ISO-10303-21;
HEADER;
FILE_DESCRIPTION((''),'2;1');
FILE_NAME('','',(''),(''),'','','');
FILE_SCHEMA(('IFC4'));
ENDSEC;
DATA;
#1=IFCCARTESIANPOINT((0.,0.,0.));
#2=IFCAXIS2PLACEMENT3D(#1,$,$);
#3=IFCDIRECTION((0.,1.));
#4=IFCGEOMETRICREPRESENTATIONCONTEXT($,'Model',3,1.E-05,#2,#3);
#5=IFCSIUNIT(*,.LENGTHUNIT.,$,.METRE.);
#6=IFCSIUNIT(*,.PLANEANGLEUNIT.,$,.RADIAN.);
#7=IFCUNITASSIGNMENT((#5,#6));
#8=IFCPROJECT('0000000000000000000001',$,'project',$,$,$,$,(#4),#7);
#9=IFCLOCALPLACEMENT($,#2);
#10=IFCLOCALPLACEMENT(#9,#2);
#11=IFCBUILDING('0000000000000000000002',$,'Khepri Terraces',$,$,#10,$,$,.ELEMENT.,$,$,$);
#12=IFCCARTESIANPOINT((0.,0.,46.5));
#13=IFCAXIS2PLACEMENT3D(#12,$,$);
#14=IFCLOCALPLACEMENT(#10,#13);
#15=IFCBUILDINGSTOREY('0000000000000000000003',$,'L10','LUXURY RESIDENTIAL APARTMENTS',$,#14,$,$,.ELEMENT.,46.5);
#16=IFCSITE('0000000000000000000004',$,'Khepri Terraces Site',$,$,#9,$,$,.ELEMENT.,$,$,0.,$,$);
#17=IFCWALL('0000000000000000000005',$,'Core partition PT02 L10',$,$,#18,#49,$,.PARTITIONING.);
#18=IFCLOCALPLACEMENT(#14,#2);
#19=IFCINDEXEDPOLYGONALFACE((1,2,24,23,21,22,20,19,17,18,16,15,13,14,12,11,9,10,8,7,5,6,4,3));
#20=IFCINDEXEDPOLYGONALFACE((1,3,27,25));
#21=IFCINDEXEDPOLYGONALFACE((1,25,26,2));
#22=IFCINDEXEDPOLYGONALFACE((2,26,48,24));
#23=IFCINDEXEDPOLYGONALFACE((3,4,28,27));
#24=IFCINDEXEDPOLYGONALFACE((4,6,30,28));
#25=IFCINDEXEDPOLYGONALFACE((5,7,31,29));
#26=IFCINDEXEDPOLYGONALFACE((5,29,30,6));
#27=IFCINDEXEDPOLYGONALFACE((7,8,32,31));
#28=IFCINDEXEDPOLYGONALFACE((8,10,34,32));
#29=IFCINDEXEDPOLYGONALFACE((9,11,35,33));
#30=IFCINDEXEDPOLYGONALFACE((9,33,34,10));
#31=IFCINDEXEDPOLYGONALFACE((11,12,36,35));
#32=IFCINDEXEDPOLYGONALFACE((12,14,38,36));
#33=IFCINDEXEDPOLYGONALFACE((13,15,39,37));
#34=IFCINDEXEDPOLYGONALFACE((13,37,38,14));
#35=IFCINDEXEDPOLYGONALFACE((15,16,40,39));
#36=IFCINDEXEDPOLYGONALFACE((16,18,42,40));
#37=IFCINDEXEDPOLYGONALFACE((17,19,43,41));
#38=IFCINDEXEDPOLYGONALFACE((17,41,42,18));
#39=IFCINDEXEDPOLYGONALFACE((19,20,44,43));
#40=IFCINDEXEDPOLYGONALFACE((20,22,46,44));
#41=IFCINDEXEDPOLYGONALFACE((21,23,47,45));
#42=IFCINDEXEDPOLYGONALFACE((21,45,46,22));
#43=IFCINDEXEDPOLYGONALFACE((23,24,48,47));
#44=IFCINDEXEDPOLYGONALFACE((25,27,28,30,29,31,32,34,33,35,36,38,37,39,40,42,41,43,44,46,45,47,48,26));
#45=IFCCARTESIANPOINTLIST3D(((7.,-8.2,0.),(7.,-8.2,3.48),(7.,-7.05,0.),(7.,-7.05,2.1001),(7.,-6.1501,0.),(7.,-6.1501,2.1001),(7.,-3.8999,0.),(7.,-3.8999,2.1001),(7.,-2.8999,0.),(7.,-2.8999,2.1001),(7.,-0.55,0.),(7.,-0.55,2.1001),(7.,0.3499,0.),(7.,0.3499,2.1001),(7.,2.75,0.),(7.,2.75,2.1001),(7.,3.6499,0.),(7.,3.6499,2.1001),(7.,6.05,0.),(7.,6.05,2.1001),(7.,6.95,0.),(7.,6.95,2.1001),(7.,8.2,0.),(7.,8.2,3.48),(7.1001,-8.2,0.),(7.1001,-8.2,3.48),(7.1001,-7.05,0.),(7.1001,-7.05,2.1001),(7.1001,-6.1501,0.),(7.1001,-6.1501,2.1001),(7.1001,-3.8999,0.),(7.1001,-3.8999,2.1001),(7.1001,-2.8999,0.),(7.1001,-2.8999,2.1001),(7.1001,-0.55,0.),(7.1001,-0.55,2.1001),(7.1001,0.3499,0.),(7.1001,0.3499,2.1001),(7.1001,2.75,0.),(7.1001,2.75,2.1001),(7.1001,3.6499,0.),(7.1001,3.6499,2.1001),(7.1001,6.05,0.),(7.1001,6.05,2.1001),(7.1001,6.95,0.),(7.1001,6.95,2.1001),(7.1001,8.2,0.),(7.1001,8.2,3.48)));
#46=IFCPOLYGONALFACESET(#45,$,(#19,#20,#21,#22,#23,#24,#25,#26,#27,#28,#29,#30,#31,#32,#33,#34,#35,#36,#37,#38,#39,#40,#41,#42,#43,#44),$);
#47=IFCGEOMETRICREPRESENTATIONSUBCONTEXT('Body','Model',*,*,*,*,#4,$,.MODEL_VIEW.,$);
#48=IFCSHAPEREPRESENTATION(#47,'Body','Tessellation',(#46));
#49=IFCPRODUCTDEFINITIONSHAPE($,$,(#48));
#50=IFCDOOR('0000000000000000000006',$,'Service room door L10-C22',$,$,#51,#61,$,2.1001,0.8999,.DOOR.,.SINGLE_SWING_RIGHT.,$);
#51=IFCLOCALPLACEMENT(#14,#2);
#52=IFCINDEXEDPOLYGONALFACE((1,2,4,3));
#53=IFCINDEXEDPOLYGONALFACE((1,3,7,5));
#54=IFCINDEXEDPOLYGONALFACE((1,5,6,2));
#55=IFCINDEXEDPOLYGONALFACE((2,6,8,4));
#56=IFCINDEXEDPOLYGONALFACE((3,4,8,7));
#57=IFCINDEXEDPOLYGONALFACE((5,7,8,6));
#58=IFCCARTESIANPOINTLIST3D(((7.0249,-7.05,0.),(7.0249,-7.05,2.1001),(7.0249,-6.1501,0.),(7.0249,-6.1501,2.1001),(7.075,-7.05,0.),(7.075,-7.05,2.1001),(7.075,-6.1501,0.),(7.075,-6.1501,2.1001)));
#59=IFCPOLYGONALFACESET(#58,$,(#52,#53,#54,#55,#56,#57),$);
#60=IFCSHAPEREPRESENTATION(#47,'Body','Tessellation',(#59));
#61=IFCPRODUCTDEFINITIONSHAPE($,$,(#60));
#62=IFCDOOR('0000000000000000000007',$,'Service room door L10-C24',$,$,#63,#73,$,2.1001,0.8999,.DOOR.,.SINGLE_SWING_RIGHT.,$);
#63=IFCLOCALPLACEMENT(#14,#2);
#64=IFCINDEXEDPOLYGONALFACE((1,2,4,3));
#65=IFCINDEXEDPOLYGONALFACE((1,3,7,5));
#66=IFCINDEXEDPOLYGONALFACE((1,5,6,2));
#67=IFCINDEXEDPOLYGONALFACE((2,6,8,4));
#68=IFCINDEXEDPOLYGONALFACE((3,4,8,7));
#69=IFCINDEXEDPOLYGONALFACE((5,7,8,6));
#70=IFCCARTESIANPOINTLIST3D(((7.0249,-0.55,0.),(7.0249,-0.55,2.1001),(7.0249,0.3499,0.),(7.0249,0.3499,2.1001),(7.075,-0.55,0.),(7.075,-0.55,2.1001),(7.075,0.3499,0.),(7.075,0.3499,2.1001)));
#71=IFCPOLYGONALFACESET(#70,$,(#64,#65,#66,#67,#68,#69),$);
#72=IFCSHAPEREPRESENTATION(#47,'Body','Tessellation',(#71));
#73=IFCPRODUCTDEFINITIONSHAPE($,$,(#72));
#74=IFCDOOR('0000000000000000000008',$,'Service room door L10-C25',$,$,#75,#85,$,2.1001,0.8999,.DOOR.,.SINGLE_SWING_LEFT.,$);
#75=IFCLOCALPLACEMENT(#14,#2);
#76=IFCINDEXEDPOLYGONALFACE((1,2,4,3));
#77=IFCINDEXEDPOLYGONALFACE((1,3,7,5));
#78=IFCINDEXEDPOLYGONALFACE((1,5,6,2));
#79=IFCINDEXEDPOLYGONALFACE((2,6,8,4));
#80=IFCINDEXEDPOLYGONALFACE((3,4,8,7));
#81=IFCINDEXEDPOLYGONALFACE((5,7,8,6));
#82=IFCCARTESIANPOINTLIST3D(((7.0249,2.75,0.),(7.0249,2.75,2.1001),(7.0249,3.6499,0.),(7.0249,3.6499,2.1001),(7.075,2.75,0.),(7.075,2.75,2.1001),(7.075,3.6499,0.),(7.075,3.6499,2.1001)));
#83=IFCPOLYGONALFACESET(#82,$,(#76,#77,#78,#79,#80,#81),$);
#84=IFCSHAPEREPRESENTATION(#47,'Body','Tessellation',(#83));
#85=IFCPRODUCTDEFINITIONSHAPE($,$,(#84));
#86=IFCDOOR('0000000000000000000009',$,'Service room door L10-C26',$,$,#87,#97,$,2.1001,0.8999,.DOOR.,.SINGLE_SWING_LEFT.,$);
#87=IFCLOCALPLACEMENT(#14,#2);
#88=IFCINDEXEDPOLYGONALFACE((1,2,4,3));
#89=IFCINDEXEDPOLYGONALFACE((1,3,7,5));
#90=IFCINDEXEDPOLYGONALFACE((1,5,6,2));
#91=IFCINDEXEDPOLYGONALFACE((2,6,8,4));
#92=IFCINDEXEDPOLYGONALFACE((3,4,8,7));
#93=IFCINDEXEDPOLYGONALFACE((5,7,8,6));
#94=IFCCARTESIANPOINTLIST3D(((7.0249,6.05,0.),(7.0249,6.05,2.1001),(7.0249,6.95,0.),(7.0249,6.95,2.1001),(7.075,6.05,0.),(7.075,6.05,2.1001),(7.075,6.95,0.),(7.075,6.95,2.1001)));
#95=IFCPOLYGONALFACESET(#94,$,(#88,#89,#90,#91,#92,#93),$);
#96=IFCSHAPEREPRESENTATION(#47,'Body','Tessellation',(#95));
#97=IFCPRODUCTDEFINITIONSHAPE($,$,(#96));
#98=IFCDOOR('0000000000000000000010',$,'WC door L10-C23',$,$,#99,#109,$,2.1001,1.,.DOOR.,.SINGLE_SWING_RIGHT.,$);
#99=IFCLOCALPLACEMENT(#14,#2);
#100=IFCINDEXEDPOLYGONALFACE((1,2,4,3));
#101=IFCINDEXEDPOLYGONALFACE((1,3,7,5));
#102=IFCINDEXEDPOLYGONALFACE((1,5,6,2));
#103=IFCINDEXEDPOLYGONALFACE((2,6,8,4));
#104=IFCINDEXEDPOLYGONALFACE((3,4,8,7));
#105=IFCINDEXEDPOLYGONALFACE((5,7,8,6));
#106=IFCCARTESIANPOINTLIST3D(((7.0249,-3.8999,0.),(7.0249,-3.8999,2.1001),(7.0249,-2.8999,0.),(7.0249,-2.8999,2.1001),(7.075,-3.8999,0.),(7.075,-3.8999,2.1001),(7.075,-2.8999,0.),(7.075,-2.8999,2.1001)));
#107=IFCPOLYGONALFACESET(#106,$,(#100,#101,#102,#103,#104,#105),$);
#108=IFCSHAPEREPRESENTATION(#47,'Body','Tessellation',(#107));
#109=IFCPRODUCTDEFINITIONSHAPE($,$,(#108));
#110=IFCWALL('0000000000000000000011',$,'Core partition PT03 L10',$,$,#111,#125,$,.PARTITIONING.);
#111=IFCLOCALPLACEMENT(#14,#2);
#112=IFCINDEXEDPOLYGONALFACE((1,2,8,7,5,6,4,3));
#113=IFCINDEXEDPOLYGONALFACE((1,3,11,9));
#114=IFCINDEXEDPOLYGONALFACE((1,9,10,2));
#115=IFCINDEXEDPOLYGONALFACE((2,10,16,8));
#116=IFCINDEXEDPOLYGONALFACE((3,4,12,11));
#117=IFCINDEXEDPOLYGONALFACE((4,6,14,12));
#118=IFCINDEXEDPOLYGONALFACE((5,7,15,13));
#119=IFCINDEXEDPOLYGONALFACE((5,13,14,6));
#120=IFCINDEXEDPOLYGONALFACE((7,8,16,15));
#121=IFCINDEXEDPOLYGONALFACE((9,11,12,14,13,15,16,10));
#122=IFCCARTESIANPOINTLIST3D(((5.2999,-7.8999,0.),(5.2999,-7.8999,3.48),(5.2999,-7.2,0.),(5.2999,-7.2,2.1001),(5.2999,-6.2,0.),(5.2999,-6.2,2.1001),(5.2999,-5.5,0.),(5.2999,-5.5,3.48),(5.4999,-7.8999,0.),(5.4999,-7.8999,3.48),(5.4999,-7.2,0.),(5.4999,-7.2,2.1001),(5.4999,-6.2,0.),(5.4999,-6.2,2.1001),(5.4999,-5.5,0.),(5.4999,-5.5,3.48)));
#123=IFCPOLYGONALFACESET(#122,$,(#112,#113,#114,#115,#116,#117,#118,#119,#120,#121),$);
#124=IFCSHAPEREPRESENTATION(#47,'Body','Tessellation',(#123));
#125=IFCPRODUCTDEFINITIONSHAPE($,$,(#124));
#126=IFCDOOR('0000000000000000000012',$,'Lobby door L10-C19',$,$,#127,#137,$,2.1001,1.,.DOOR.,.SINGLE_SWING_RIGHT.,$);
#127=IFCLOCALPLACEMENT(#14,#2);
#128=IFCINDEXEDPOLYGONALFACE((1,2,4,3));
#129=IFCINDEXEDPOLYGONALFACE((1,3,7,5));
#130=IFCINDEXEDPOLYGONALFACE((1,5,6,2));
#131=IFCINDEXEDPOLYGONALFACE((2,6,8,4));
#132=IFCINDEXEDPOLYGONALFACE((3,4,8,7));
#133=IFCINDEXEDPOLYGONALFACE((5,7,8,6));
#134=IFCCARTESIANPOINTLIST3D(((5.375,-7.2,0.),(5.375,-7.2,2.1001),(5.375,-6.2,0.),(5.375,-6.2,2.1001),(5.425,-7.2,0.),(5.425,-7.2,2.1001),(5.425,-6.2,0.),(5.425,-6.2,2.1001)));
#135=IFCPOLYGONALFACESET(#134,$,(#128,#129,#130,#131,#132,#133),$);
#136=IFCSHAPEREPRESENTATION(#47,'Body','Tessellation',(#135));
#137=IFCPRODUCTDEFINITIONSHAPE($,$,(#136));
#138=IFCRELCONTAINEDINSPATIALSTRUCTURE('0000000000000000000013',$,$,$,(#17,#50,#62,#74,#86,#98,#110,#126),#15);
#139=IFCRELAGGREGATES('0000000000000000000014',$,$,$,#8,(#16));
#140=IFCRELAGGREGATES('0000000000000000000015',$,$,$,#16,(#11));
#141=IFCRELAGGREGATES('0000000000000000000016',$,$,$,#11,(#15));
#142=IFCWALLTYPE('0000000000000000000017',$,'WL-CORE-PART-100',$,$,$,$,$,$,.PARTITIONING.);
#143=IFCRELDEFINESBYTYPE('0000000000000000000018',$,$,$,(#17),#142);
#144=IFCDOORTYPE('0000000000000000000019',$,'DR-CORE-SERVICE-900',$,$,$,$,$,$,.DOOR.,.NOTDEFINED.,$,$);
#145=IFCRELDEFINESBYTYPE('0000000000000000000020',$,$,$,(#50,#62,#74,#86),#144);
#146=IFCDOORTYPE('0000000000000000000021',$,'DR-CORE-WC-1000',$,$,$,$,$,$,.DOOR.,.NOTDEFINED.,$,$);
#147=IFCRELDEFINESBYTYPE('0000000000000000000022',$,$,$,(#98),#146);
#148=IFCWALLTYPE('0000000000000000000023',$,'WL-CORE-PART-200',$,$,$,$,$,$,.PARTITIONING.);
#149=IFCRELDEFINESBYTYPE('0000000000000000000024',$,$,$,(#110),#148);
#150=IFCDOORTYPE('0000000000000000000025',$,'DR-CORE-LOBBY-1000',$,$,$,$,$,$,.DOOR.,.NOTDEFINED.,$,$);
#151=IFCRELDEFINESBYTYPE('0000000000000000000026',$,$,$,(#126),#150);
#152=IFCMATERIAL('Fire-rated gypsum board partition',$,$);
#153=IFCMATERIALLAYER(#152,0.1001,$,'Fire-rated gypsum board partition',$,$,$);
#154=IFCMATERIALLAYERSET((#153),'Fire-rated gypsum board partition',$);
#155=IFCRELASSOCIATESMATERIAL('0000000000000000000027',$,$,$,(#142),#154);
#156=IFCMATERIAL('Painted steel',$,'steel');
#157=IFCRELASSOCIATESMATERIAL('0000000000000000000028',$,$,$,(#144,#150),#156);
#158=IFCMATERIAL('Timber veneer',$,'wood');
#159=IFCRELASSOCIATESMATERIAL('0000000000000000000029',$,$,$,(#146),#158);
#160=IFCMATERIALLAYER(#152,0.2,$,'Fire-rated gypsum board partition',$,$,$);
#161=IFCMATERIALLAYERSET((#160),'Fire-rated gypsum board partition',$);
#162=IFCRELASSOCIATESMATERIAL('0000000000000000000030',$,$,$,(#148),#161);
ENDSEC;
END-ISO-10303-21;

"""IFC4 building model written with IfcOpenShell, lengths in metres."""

from ifc_helpers import new_model, si_unit, direction, frame, frame_2d, origin, place, context, subcontext, project, spatial, rectangle, extrude, material, layer, layer_set, type_object, element, fill, save


model = new_model("IFC4")

# Units and contexts
model_context = context("Model", 3, precision=1e-05, world=origin(), true_north=direction((0.0, 1.0)))
body_context = subcontext(model_context, "Body", "Model", "MODEL_VIEW")
ifc_project = project(units=[si_unit("LENGTHUNIT", "METRE"), si_unit("PLANEANGLEUNIT", "RADIAN")], contexts=[model_context])

# Site, building, storey
site_placement = place(None, origin())
site = spatial("IfcSite", under=ifc_project, at=site_placement, Name="Khepri Terraces Site", CompositionType="ELEMENT", RefElevation=0.0)
building_placement = place(site_placement, origin())
building = spatial("IfcBuilding", under=site, at=building_placement, Name="Khepri Terraces", CompositionType="ELEMENT")
storey_placement = place(building_placement, frame((0.0, 0.0, 46.5)))
storey = spatial("IfcBuildingStorey", under=building, at=storey_placement, Name="L10", Description="LUXURY RESIDENTIAL APARTMENTS", CompositionType="ELEMENT", Elevation=46.5)

# Wall, openings, doors
ifc_material_1 = material(Name="Fire-rated gypsum board partition")
ifc_layer_1 = layer(ifc_material_1, 0.1001, Name="Fire-rated gypsum board partition")
ifc_layer_set_1 = layer_set([ifc_layer_1], Name="Fire-rated gypsum board partition")
wall_type_1 = type_object("IfcWallType", Name="WL-CORE-PART-100", PredefinedType="PARTITIONING", material=ifc_layer_set_1)
wall_1_placement = place(storey_placement, frame((7.05, -8.2, 0.0), z_axis=(0.0, 0.0, 1.0), x_axis=(0.0, 1.0, 0.0)))
wall_1 = element("IfcWall", 1, at=wall_1_placement, inside=storey, type_object=wall_type_1, Name="Core partition PT02 L10", PredefinedType="PARTITIONING", context=body_context, shape_type="SweptSolid", body=[
    extrude(rectangle(XDim=16.3999, YDim=0.1001, at=frame_2d((8.2, 0.0))), origin(), (0.0, 0.0, 1.0), 3.48),
])
opening_1_placement = place(wall_1_placement, frame((1.1499, 0.0, 0.0)))
opening_1 = element("IfcOpeningElement", 2, at=opening_1_placement, cuts=wall_1, PredefinedType="OPENING", context=body_context, shape_type="SweptSolid", body=[
    extrude(rectangle(XDim=0.8999, YDim=2.1001, at=frame_2d((0.45, 1.05))), frame((0.0, 0.0601, 0.0), z_axis=(0.0, -1.0, 0.0), x_axis=(1.0, 0.0, 0.0)), (0.0, 0.0, 1.0), 0.1201),
])
opening_2_placement = place(wall_1_placement, frame((4.3, 0.0, 0.0)))
opening_2 = element("IfcOpeningElement", 3, at=opening_2_placement, cuts=wall_1, PredefinedType="OPENING", context=body_context, shape_type="SweptSolid", body=[
    extrude(rectangle(XDim=1.0, YDim=2.1001, at=frame_2d((0.5, 1.05))), frame((0.0, 0.0601, 0.0), z_axis=(0.0, -1.0, 0.0), x_axis=(1.0, 0.0, 0.0)), (0.0, 0.0, 1.0), 0.1201),
])
opening_3_placement = place(wall_1_placement, frame((7.6499, 0.0, 0.0)))
opening_3 = element("IfcOpeningElement", 4, at=opening_3_placement, cuts=wall_1, PredefinedType="OPENING", context=body_context, shape_type="SweptSolid", body=[
    extrude(rectangle(XDim=0.8999, YDim=2.1001, at=frame_2d((0.45, 1.05))), frame((0.0, 0.0601, 0.0), z_axis=(0.0, -1.0, 0.0), x_axis=(1.0, 0.0, 0.0)), (0.0, 0.0, 1.0), 0.1201),
])
opening_4_placement = place(wall_1_placement, frame((10.95, 0.0, 0.0)))
opening_4 = element("IfcOpeningElement", 5, at=opening_4_placement, cuts=wall_1, PredefinedType="OPENING", context=body_context, shape_type="SweptSolid", body=[
    extrude(rectangle(XDim=0.8999, YDim=2.1001, at=frame_2d((0.45, 1.05))), frame((0.0, 0.0601, 0.0), z_axis=(0.0, -1.0, 0.0), x_axis=(1.0, 0.0, 0.0)), (0.0, 0.0, 1.0), 0.1201),
])
opening_5_placement = place(wall_1_placement, frame((14.25, 0.0, 0.0)))
opening_5 = element("IfcOpeningElement", 6, at=opening_5_placement, cuts=wall_1, PredefinedType="OPENING", context=body_context, shape_type="SweptSolid", body=[
    extrude(rectangle(XDim=0.8999, YDim=2.1001, at=frame_2d((0.45, 1.05))), frame((0.0, 0.0601, 0.0), z_axis=(0.0, -1.0, 0.0), x_axis=(1.0, 0.0, 0.0)), (0.0, 0.0, 1.0), 0.1201),
])
ifc_material_2 = material(Name="Painted steel", Category="steel")
door_type_1 = type_object("IfcDoorType", Name="DR-CORE-SERVICE-900", OperationType="NOTDEFINED", PredefinedType="DOOR", material=ifc_material_2)
door_1_placement = place(opening_1_placement, frame((0.8999, 0.0, 0.0), z_axis=(0.0, 0.0, 1.0), x_axis=(-1.0, 0.0, 0.0)))
door_1 = element("IfcDoor", 7, at=door_1_placement, inside=storey, type_object=door_type_1, Name="Service room door L10-C22", OperationType="SINGLE_SWING_RIGHT", OverallHeight=2.1001, OverallWidth=0.8999, PredefinedType="DOOR", context=body_context, shape_type="SweptSolid", body=[
    extrude(rectangle(XDim=0.8999, YDim=2.1001, at=frame_2d((0.45, 1.05))), frame((0.0, 0.0249, 0.0), z_axis=(0.0, -1.0, 0.0), x_axis=(1.0, 0.0, 0.0)), (0.0, 0.0, 1.0), 0.05),
])
fill(opening_1, door_1)
door_2_placement = place(opening_3_placement, frame((0.8999, 0.0, 0.0), z_axis=(0.0, 0.0, 1.0), x_axis=(-1.0, 0.0, 0.0)))
door_2 = element("IfcDoor", 8, at=door_2_placement, inside=storey, type_object=door_type_1, Name="Service room door L10-C24", OperationType="SINGLE_SWING_RIGHT", OverallHeight=2.1001, OverallWidth=0.8999, PredefinedType="DOOR", context=body_context, shape_type="SweptSolid", body=[
    extrude(rectangle(XDim=0.8999, YDim=2.1001, at=frame_2d((0.45, 1.05))), frame((0.0, 0.0249, 0.0), z_axis=(0.0, -1.0, 0.0), x_axis=(1.0, 0.0, 0.0)), (0.0, 0.0, 1.0), 0.05),
])
fill(opening_3, door_2)
door_3_placement = place(opening_4_placement, frame((0.8999, 0.0, 0.0), z_axis=(0.0, 0.0, 1.0), x_axis=(-1.0, 0.0, 0.0)))
door_3 = element("IfcDoor", 9, at=door_3_placement, inside=storey, type_object=door_type_1, Name="Service room door L10-C25", OperationType="SINGLE_SWING_LEFT", OverallHeight=2.1001, OverallWidth=0.8999, PredefinedType="DOOR", context=body_context, shape_type="SweptSolid", body=[
    extrude(rectangle(XDim=0.8999, YDim=2.1001, at=frame_2d((0.45, 1.05))), frame((0.0, 0.0249, 0.0), z_axis=(0.0, -1.0, 0.0), x_axis=(1.0, 0.0, 0.0)), (0.0, 0.0, 1.0), 0.05),
])
fill(opening_4, door_3)
door_4_placement = place(opening_5_placement, frame((0.8999, 0.0, 0.0), z_axis=(0.0, 0.0, 1.0), x_axis=(-1.0, 0.0, 0.0)))
door_4 = element("IfcDoor", 10, at=door_4_placement, inside=storey, type_object=door_type_1, Name="Service room door L10-C26", OperationType="SINGLE_SWING_LEFT", OverallHeight=2.1001, OverallWidth=0.8999, PredefinedType="DOOR", context=body_context, shape_type="SweptSolid", body=[
    extrude(rectangle(XDim=0.8999, YDim=2.1001, at=frame_2d((0.45, 1.05))), frame((0.0, 0.0249, 0.0), z_axis=(0.0, -1.0, 0.0), x_axis=(1.0, 0.0, 0.0)), (0.0, 0.0, 1.0), 0.05),
])
fill(opening_5, door_4)
ifc_material_3 = material(Name="Timber veneer", Category="wood")
door_type_2 = type_object("IfcDoorType", Name="DR-CORE-WC-1000", OperationType="NOTDEFINED", PredefinedType="DOOR", material=ifc_material_3)
door_5_placement = place(opening_2_placement, frame((1.0, 0.0, 0.0), z_axis=(0.0, 0.0, 1.0), x_axis=(-1.0, 0.0, 0.0)))
door_5 = element("IfcDoor", 11, at=door_5_placement, inside=storey, type_object=door_type_2, Name="WC door L10-C23", OperationType="SINGLE_SWING_RIGHT", OverallHeight=2.1001, OverallWidth=1.0, PredefinedType="DOOR", context=body_context, shape_type="SweptSolid", body=[
    extrude(rectangle(XDim=1.0, YDim=2.1001, at=frame_2d((0.5, 1.05))), frame((0.0, 0.0249, 0.0), z_axis=(0.0, -1.0, 0.0), x_axis=(1.0, 0.0, 0.0)), (0.0, 0.0, 1.0), 0.05),
])
fill(opening_2, door_5)

# Wall, opening, door
ifc_layer_2 = layer(ifc_material_1, 0.2, Name="Fire-rated gypsum board partition")
ifc_layer_set_2 = layer_set([ifc_layer_2], Name="Fire-rated gypsum board partition")
wall_type_2 = type_object("IfcWallType", Name="WL-CORE-PART-200", PredefinedType="PARTITIONING", material=ifc_layer_set_2)
wall_2_placement = place(storey_placement, frame((5.3999, -7.8999, 0.0), z_axis=(0.0, 0.0, 1.0), x_axis=(0.0, 1.0, 0.0)))
wall_2 = element("IfcWall", 12, at=wall_2_placement, inside=storey, type_object=wall_type_2, Name="Core partition PT03 L10", PredefinedType="PARTITIONING", context=body_context, shape_type="SweptSolid", body=[
    extrude(rectangle(XDim=2.3999, YDim=0.2, at=frame_2d((1.2, 0.0))), origin(), (0.0, 0.0, 1.0), 3.48),
])
opening_6_placement = place(wall_2_placement, frame((0.7, 0.0, 0.0)))
opening_6 = element("IfcOpeningElement", 13, at=opening_6_placement, cuts=wall_2, PredefinedType="OPENING", context=body_context, shape_type="SweptSolid", body=[
    extrude(rectangle(XDim=1.0, YDim=2.1001, at=frame_2d((0.5, 1.05))), frame((0.0, 0.1099, 0.0), z_axis=(0.0, -1.0, 0.0), x_axis=(1.0, 0.0, 0.0)), (0.0, 0.0, 1.0), 0.22),
])
door_type_3 = type_object("IfcDoorType", Name="DR-CORE-LOBBY-1000", OperationType="NOTDEFINED", PredefinedType="DOOR", material=ifc_material_2)
door_6_placement = place(opening_6_placement, origin())
door_6 = element("IfcDoor", 14, at=door_6_placement, inside=storey, type_object=door_type_3, Name="Lobby door L10-C19", OperationType="SINGLE_SWING_RIGHT", OverallHeight=2.1001, OverallWidth=1.0, PredefinedType="DOOR", context=body_context, shape_type="SweptSolid", body=[
    extrude(rectangle(XDim=1.0, YDim=2.1001, at=frame_2d((0.5, 1.05))), frame((0.0, 0.0249, 0.0), z_axis=(0.0, -1.0, 0.0), x_axis=(1.0, 0.0, 0.0)), (0.0, 0.0, 1.0), 0.05),
])
fill(opening_6, door_6)

save(model, "model.ifc")
